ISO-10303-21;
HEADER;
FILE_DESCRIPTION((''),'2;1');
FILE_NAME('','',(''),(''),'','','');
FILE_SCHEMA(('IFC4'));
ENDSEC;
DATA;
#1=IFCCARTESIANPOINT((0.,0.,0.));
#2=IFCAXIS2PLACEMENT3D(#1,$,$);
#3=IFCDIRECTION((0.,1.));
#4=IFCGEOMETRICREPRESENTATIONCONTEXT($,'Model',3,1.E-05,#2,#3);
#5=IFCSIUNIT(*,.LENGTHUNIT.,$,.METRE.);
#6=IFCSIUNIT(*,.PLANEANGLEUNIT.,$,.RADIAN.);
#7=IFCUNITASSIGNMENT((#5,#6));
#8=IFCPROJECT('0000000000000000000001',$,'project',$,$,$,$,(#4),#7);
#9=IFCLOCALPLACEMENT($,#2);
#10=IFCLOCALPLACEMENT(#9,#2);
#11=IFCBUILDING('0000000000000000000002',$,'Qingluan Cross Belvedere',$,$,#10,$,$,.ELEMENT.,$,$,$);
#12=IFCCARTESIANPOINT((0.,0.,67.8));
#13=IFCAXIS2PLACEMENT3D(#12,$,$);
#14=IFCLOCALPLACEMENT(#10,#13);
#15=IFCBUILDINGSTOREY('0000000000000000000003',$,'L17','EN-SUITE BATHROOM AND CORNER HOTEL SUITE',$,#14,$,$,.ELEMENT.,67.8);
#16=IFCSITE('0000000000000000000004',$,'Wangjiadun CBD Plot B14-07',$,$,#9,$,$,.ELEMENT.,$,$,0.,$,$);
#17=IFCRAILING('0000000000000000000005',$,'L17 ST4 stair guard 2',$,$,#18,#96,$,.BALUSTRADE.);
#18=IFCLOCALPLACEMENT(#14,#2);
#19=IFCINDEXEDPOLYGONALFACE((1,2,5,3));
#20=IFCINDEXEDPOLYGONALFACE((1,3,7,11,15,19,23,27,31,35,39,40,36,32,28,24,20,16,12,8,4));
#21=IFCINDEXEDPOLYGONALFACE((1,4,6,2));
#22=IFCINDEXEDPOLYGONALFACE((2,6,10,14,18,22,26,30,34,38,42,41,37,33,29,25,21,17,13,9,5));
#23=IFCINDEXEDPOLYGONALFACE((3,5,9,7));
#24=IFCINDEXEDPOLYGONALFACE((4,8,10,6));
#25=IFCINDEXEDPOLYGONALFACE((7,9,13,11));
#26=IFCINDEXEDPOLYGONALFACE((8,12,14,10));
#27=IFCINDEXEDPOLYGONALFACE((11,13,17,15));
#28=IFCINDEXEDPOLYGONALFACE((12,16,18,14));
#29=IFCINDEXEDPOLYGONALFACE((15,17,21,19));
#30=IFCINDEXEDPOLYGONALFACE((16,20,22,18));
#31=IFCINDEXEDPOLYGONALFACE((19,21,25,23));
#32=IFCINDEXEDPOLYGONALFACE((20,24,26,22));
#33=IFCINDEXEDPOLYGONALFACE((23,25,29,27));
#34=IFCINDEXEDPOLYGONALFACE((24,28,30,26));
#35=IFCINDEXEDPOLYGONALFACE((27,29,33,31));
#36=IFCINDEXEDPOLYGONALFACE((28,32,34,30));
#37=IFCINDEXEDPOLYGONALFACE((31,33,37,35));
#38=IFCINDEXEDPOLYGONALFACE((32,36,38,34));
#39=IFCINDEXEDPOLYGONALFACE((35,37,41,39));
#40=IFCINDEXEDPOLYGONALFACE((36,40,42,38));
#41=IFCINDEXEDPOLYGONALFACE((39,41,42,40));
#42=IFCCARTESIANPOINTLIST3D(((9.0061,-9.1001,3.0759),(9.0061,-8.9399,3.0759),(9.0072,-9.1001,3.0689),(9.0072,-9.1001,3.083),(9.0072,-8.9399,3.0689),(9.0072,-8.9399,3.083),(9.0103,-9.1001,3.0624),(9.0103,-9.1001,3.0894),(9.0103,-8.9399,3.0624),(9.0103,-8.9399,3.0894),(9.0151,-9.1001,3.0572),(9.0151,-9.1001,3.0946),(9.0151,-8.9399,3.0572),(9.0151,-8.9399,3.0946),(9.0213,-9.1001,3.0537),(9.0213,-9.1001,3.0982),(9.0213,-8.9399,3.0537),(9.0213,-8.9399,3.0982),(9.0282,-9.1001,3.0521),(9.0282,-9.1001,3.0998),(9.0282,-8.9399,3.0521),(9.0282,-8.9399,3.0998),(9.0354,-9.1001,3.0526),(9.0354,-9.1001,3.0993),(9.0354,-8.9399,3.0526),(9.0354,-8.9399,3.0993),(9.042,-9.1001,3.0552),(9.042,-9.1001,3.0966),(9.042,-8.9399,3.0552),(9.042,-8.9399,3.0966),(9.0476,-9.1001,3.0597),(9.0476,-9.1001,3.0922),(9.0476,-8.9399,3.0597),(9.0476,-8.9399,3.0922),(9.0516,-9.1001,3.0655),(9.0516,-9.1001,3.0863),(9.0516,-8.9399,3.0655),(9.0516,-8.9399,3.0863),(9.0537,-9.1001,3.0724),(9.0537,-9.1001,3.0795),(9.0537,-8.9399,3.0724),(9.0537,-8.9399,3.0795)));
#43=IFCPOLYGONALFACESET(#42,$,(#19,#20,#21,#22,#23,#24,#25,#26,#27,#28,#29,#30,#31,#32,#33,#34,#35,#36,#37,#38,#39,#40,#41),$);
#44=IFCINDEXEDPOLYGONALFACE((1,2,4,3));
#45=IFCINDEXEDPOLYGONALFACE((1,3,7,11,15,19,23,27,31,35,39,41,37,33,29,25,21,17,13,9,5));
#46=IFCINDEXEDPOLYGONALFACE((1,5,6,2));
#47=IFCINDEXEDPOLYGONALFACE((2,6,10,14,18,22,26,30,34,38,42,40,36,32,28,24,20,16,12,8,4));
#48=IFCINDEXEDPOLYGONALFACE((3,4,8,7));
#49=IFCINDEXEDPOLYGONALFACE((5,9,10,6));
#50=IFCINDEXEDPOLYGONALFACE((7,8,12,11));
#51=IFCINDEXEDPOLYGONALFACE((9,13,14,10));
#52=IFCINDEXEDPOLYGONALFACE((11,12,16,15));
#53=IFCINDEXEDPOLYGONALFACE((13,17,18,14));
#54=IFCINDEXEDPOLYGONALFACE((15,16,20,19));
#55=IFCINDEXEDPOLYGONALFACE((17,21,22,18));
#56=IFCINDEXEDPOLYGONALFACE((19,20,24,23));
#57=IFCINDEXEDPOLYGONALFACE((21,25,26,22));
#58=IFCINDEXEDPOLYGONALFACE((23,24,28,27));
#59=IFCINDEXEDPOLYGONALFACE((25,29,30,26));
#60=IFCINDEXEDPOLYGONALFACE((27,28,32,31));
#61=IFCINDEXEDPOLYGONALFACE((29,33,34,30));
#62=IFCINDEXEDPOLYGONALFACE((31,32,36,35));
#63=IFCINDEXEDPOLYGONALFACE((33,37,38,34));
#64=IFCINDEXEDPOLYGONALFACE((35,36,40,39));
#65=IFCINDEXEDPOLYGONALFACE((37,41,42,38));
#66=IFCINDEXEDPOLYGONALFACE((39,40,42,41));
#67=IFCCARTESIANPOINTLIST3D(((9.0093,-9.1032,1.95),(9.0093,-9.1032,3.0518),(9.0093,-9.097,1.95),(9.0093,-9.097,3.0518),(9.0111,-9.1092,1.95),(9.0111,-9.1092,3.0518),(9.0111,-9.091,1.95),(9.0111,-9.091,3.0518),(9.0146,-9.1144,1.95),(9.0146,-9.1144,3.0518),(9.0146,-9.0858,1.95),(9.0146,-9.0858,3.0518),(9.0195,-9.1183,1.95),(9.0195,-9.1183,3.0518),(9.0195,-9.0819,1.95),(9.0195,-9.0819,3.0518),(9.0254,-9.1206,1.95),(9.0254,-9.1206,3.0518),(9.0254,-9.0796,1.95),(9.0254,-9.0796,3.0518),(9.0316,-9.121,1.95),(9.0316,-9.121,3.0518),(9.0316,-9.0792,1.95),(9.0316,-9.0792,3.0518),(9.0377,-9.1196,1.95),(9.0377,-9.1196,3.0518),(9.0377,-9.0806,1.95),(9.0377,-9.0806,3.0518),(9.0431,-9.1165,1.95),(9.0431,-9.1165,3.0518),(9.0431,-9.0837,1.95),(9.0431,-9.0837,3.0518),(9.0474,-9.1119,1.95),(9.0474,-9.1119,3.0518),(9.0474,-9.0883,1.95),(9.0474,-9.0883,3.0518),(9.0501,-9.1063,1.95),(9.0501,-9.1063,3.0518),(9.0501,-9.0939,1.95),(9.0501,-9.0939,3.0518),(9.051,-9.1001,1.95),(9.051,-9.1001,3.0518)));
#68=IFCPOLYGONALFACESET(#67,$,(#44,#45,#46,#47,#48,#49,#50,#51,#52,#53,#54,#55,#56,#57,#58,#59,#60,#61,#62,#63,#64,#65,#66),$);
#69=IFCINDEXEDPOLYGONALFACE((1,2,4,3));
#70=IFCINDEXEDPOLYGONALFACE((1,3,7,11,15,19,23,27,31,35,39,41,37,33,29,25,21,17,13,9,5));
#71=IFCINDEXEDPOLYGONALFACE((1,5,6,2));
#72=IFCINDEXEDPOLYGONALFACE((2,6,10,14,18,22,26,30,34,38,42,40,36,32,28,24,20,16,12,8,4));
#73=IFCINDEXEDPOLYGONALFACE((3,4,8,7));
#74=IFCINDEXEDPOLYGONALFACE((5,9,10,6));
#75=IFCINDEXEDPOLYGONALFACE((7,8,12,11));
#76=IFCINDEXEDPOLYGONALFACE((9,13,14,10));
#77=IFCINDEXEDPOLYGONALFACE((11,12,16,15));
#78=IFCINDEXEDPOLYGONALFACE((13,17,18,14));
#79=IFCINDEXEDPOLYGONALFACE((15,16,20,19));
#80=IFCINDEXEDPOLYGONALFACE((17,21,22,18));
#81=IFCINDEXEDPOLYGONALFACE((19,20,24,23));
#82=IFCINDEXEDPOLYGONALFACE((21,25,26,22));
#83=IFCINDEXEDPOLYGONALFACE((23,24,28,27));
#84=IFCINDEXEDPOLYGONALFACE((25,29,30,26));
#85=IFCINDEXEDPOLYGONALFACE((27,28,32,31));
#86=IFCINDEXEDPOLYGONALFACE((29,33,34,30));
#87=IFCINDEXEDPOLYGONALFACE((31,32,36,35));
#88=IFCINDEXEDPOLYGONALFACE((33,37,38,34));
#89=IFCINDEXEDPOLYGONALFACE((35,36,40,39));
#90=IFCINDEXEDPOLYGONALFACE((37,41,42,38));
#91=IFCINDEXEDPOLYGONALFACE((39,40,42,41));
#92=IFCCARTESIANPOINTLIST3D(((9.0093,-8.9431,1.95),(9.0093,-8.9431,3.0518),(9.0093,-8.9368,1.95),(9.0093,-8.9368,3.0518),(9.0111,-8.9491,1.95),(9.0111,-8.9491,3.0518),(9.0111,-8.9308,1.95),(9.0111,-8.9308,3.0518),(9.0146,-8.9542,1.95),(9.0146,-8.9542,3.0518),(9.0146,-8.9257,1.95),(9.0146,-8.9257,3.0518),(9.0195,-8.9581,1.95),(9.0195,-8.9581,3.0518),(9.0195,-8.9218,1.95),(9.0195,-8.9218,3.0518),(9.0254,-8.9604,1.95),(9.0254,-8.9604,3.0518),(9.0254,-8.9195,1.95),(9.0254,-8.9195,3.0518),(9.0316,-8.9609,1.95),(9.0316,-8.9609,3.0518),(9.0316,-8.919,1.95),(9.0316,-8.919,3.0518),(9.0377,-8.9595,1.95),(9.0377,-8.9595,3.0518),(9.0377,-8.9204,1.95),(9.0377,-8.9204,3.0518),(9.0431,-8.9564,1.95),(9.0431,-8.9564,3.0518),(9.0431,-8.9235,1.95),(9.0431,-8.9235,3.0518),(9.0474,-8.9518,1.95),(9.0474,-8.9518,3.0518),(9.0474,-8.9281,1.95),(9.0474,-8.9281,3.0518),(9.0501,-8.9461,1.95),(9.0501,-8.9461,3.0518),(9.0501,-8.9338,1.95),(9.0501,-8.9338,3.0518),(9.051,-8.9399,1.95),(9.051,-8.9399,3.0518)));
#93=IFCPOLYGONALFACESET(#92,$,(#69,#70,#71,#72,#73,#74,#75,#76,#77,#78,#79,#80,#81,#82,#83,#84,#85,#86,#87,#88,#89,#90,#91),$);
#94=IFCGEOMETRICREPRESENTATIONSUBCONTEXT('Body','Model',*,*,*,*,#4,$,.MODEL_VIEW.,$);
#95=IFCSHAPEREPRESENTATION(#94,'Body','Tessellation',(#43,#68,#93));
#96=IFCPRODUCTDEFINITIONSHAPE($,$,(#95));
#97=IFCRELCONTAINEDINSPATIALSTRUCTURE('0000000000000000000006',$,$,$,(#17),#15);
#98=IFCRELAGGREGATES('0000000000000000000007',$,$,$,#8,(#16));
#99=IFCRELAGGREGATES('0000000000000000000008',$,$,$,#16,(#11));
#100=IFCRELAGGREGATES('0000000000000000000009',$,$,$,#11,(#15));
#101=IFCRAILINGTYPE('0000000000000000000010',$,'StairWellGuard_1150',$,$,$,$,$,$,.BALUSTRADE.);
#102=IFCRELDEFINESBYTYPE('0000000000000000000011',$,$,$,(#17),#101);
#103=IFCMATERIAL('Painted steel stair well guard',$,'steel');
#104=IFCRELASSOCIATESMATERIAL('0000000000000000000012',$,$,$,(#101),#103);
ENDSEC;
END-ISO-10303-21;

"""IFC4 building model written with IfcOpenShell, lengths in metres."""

from ifc_helpers import new_model, si_unit, direction, frame, origin, origin_2d, place, context, subcontext, project, spatial, circle, extrude, material, type_object, element, save


model = new_model("IFC4")

# Units and contexts
model_context = context("Model", 3, precision=1e-05, world=origin(), true_north=direction((0.0, 1.0)))
body_context = subcontext(model_context, "Body", "Model", "MODEL_VIEW")
ifc_project = project(units=[si_unit("LENGTHUNIT", "METRE"), si_unit("PLANEANGLEUNIT", "RADIAN")], contexts=[model_context])

# Site, building, storey
site_placement = place(None, origin())
site = spatial("IfcSite", under=ifc_project, at=site_placement, Name="Wangjiadun CBD Plot B14-07", CompositionType="ELEMENT", RefElevation=0.0)
building_placement = place(site_placement, origin())
building = spatial("IfcBuilding", under=site, at=building_placement, Name="Qingluan Cross Belvedere", CompositionType="ELEMENT")
storey_placement = place(building_placement, frame((0.0, 0.0, 67.8)))
storey = spatial("IfcBuildingStorey", under=building, at=storey_placement, Name="L17", Description="EN-SUITE BATHROOM AND CORNER HOTEL SUITE", CompositionType="ELEMENT", Elevation=67.8)

# Railing
ifc_material_1 = material(Name="Painted steel stair well guard", Category="steel")
railing_type_1 = type_object("IfcRailingType", Name="StairWellGuard_1150", PredefinedType="BALUSTRADE", material=ifc_material_1)
railing_1_placement = place(storey_placement, frame((9.03, -9.1001, 1.95)))
element("IfcRailing", 1, at=railing_1_placement, inside=storey, type_object=railing_type_1, Name="L17 ST4 stair guard 2", PredefinedType="BALUSTRADE", context=body_context, shape_type="SweptSolid", body=[
    extrude(circle(Radius=0.0239, at=origin_2d()), frame((0.0, 0.0, 1.126), z_axis=(0.0, 1.0, 0.0), x_axis=(-1.0, 0.0, 0.0)), (0.0, 0.0, 1.0), 0.1602),
    extrude(circle(Radius=0.021, at=origin_2d()), origin(), (0.0, 0.0, 1.0), 1.1018),
    extrude(circle(Radius=0.021, at=origin_2d()), frame((0.0, 0.1602, 0.0)), (0.0, 0.0, 1.0), 1.1018),
])

save(model, "model.ifc")
